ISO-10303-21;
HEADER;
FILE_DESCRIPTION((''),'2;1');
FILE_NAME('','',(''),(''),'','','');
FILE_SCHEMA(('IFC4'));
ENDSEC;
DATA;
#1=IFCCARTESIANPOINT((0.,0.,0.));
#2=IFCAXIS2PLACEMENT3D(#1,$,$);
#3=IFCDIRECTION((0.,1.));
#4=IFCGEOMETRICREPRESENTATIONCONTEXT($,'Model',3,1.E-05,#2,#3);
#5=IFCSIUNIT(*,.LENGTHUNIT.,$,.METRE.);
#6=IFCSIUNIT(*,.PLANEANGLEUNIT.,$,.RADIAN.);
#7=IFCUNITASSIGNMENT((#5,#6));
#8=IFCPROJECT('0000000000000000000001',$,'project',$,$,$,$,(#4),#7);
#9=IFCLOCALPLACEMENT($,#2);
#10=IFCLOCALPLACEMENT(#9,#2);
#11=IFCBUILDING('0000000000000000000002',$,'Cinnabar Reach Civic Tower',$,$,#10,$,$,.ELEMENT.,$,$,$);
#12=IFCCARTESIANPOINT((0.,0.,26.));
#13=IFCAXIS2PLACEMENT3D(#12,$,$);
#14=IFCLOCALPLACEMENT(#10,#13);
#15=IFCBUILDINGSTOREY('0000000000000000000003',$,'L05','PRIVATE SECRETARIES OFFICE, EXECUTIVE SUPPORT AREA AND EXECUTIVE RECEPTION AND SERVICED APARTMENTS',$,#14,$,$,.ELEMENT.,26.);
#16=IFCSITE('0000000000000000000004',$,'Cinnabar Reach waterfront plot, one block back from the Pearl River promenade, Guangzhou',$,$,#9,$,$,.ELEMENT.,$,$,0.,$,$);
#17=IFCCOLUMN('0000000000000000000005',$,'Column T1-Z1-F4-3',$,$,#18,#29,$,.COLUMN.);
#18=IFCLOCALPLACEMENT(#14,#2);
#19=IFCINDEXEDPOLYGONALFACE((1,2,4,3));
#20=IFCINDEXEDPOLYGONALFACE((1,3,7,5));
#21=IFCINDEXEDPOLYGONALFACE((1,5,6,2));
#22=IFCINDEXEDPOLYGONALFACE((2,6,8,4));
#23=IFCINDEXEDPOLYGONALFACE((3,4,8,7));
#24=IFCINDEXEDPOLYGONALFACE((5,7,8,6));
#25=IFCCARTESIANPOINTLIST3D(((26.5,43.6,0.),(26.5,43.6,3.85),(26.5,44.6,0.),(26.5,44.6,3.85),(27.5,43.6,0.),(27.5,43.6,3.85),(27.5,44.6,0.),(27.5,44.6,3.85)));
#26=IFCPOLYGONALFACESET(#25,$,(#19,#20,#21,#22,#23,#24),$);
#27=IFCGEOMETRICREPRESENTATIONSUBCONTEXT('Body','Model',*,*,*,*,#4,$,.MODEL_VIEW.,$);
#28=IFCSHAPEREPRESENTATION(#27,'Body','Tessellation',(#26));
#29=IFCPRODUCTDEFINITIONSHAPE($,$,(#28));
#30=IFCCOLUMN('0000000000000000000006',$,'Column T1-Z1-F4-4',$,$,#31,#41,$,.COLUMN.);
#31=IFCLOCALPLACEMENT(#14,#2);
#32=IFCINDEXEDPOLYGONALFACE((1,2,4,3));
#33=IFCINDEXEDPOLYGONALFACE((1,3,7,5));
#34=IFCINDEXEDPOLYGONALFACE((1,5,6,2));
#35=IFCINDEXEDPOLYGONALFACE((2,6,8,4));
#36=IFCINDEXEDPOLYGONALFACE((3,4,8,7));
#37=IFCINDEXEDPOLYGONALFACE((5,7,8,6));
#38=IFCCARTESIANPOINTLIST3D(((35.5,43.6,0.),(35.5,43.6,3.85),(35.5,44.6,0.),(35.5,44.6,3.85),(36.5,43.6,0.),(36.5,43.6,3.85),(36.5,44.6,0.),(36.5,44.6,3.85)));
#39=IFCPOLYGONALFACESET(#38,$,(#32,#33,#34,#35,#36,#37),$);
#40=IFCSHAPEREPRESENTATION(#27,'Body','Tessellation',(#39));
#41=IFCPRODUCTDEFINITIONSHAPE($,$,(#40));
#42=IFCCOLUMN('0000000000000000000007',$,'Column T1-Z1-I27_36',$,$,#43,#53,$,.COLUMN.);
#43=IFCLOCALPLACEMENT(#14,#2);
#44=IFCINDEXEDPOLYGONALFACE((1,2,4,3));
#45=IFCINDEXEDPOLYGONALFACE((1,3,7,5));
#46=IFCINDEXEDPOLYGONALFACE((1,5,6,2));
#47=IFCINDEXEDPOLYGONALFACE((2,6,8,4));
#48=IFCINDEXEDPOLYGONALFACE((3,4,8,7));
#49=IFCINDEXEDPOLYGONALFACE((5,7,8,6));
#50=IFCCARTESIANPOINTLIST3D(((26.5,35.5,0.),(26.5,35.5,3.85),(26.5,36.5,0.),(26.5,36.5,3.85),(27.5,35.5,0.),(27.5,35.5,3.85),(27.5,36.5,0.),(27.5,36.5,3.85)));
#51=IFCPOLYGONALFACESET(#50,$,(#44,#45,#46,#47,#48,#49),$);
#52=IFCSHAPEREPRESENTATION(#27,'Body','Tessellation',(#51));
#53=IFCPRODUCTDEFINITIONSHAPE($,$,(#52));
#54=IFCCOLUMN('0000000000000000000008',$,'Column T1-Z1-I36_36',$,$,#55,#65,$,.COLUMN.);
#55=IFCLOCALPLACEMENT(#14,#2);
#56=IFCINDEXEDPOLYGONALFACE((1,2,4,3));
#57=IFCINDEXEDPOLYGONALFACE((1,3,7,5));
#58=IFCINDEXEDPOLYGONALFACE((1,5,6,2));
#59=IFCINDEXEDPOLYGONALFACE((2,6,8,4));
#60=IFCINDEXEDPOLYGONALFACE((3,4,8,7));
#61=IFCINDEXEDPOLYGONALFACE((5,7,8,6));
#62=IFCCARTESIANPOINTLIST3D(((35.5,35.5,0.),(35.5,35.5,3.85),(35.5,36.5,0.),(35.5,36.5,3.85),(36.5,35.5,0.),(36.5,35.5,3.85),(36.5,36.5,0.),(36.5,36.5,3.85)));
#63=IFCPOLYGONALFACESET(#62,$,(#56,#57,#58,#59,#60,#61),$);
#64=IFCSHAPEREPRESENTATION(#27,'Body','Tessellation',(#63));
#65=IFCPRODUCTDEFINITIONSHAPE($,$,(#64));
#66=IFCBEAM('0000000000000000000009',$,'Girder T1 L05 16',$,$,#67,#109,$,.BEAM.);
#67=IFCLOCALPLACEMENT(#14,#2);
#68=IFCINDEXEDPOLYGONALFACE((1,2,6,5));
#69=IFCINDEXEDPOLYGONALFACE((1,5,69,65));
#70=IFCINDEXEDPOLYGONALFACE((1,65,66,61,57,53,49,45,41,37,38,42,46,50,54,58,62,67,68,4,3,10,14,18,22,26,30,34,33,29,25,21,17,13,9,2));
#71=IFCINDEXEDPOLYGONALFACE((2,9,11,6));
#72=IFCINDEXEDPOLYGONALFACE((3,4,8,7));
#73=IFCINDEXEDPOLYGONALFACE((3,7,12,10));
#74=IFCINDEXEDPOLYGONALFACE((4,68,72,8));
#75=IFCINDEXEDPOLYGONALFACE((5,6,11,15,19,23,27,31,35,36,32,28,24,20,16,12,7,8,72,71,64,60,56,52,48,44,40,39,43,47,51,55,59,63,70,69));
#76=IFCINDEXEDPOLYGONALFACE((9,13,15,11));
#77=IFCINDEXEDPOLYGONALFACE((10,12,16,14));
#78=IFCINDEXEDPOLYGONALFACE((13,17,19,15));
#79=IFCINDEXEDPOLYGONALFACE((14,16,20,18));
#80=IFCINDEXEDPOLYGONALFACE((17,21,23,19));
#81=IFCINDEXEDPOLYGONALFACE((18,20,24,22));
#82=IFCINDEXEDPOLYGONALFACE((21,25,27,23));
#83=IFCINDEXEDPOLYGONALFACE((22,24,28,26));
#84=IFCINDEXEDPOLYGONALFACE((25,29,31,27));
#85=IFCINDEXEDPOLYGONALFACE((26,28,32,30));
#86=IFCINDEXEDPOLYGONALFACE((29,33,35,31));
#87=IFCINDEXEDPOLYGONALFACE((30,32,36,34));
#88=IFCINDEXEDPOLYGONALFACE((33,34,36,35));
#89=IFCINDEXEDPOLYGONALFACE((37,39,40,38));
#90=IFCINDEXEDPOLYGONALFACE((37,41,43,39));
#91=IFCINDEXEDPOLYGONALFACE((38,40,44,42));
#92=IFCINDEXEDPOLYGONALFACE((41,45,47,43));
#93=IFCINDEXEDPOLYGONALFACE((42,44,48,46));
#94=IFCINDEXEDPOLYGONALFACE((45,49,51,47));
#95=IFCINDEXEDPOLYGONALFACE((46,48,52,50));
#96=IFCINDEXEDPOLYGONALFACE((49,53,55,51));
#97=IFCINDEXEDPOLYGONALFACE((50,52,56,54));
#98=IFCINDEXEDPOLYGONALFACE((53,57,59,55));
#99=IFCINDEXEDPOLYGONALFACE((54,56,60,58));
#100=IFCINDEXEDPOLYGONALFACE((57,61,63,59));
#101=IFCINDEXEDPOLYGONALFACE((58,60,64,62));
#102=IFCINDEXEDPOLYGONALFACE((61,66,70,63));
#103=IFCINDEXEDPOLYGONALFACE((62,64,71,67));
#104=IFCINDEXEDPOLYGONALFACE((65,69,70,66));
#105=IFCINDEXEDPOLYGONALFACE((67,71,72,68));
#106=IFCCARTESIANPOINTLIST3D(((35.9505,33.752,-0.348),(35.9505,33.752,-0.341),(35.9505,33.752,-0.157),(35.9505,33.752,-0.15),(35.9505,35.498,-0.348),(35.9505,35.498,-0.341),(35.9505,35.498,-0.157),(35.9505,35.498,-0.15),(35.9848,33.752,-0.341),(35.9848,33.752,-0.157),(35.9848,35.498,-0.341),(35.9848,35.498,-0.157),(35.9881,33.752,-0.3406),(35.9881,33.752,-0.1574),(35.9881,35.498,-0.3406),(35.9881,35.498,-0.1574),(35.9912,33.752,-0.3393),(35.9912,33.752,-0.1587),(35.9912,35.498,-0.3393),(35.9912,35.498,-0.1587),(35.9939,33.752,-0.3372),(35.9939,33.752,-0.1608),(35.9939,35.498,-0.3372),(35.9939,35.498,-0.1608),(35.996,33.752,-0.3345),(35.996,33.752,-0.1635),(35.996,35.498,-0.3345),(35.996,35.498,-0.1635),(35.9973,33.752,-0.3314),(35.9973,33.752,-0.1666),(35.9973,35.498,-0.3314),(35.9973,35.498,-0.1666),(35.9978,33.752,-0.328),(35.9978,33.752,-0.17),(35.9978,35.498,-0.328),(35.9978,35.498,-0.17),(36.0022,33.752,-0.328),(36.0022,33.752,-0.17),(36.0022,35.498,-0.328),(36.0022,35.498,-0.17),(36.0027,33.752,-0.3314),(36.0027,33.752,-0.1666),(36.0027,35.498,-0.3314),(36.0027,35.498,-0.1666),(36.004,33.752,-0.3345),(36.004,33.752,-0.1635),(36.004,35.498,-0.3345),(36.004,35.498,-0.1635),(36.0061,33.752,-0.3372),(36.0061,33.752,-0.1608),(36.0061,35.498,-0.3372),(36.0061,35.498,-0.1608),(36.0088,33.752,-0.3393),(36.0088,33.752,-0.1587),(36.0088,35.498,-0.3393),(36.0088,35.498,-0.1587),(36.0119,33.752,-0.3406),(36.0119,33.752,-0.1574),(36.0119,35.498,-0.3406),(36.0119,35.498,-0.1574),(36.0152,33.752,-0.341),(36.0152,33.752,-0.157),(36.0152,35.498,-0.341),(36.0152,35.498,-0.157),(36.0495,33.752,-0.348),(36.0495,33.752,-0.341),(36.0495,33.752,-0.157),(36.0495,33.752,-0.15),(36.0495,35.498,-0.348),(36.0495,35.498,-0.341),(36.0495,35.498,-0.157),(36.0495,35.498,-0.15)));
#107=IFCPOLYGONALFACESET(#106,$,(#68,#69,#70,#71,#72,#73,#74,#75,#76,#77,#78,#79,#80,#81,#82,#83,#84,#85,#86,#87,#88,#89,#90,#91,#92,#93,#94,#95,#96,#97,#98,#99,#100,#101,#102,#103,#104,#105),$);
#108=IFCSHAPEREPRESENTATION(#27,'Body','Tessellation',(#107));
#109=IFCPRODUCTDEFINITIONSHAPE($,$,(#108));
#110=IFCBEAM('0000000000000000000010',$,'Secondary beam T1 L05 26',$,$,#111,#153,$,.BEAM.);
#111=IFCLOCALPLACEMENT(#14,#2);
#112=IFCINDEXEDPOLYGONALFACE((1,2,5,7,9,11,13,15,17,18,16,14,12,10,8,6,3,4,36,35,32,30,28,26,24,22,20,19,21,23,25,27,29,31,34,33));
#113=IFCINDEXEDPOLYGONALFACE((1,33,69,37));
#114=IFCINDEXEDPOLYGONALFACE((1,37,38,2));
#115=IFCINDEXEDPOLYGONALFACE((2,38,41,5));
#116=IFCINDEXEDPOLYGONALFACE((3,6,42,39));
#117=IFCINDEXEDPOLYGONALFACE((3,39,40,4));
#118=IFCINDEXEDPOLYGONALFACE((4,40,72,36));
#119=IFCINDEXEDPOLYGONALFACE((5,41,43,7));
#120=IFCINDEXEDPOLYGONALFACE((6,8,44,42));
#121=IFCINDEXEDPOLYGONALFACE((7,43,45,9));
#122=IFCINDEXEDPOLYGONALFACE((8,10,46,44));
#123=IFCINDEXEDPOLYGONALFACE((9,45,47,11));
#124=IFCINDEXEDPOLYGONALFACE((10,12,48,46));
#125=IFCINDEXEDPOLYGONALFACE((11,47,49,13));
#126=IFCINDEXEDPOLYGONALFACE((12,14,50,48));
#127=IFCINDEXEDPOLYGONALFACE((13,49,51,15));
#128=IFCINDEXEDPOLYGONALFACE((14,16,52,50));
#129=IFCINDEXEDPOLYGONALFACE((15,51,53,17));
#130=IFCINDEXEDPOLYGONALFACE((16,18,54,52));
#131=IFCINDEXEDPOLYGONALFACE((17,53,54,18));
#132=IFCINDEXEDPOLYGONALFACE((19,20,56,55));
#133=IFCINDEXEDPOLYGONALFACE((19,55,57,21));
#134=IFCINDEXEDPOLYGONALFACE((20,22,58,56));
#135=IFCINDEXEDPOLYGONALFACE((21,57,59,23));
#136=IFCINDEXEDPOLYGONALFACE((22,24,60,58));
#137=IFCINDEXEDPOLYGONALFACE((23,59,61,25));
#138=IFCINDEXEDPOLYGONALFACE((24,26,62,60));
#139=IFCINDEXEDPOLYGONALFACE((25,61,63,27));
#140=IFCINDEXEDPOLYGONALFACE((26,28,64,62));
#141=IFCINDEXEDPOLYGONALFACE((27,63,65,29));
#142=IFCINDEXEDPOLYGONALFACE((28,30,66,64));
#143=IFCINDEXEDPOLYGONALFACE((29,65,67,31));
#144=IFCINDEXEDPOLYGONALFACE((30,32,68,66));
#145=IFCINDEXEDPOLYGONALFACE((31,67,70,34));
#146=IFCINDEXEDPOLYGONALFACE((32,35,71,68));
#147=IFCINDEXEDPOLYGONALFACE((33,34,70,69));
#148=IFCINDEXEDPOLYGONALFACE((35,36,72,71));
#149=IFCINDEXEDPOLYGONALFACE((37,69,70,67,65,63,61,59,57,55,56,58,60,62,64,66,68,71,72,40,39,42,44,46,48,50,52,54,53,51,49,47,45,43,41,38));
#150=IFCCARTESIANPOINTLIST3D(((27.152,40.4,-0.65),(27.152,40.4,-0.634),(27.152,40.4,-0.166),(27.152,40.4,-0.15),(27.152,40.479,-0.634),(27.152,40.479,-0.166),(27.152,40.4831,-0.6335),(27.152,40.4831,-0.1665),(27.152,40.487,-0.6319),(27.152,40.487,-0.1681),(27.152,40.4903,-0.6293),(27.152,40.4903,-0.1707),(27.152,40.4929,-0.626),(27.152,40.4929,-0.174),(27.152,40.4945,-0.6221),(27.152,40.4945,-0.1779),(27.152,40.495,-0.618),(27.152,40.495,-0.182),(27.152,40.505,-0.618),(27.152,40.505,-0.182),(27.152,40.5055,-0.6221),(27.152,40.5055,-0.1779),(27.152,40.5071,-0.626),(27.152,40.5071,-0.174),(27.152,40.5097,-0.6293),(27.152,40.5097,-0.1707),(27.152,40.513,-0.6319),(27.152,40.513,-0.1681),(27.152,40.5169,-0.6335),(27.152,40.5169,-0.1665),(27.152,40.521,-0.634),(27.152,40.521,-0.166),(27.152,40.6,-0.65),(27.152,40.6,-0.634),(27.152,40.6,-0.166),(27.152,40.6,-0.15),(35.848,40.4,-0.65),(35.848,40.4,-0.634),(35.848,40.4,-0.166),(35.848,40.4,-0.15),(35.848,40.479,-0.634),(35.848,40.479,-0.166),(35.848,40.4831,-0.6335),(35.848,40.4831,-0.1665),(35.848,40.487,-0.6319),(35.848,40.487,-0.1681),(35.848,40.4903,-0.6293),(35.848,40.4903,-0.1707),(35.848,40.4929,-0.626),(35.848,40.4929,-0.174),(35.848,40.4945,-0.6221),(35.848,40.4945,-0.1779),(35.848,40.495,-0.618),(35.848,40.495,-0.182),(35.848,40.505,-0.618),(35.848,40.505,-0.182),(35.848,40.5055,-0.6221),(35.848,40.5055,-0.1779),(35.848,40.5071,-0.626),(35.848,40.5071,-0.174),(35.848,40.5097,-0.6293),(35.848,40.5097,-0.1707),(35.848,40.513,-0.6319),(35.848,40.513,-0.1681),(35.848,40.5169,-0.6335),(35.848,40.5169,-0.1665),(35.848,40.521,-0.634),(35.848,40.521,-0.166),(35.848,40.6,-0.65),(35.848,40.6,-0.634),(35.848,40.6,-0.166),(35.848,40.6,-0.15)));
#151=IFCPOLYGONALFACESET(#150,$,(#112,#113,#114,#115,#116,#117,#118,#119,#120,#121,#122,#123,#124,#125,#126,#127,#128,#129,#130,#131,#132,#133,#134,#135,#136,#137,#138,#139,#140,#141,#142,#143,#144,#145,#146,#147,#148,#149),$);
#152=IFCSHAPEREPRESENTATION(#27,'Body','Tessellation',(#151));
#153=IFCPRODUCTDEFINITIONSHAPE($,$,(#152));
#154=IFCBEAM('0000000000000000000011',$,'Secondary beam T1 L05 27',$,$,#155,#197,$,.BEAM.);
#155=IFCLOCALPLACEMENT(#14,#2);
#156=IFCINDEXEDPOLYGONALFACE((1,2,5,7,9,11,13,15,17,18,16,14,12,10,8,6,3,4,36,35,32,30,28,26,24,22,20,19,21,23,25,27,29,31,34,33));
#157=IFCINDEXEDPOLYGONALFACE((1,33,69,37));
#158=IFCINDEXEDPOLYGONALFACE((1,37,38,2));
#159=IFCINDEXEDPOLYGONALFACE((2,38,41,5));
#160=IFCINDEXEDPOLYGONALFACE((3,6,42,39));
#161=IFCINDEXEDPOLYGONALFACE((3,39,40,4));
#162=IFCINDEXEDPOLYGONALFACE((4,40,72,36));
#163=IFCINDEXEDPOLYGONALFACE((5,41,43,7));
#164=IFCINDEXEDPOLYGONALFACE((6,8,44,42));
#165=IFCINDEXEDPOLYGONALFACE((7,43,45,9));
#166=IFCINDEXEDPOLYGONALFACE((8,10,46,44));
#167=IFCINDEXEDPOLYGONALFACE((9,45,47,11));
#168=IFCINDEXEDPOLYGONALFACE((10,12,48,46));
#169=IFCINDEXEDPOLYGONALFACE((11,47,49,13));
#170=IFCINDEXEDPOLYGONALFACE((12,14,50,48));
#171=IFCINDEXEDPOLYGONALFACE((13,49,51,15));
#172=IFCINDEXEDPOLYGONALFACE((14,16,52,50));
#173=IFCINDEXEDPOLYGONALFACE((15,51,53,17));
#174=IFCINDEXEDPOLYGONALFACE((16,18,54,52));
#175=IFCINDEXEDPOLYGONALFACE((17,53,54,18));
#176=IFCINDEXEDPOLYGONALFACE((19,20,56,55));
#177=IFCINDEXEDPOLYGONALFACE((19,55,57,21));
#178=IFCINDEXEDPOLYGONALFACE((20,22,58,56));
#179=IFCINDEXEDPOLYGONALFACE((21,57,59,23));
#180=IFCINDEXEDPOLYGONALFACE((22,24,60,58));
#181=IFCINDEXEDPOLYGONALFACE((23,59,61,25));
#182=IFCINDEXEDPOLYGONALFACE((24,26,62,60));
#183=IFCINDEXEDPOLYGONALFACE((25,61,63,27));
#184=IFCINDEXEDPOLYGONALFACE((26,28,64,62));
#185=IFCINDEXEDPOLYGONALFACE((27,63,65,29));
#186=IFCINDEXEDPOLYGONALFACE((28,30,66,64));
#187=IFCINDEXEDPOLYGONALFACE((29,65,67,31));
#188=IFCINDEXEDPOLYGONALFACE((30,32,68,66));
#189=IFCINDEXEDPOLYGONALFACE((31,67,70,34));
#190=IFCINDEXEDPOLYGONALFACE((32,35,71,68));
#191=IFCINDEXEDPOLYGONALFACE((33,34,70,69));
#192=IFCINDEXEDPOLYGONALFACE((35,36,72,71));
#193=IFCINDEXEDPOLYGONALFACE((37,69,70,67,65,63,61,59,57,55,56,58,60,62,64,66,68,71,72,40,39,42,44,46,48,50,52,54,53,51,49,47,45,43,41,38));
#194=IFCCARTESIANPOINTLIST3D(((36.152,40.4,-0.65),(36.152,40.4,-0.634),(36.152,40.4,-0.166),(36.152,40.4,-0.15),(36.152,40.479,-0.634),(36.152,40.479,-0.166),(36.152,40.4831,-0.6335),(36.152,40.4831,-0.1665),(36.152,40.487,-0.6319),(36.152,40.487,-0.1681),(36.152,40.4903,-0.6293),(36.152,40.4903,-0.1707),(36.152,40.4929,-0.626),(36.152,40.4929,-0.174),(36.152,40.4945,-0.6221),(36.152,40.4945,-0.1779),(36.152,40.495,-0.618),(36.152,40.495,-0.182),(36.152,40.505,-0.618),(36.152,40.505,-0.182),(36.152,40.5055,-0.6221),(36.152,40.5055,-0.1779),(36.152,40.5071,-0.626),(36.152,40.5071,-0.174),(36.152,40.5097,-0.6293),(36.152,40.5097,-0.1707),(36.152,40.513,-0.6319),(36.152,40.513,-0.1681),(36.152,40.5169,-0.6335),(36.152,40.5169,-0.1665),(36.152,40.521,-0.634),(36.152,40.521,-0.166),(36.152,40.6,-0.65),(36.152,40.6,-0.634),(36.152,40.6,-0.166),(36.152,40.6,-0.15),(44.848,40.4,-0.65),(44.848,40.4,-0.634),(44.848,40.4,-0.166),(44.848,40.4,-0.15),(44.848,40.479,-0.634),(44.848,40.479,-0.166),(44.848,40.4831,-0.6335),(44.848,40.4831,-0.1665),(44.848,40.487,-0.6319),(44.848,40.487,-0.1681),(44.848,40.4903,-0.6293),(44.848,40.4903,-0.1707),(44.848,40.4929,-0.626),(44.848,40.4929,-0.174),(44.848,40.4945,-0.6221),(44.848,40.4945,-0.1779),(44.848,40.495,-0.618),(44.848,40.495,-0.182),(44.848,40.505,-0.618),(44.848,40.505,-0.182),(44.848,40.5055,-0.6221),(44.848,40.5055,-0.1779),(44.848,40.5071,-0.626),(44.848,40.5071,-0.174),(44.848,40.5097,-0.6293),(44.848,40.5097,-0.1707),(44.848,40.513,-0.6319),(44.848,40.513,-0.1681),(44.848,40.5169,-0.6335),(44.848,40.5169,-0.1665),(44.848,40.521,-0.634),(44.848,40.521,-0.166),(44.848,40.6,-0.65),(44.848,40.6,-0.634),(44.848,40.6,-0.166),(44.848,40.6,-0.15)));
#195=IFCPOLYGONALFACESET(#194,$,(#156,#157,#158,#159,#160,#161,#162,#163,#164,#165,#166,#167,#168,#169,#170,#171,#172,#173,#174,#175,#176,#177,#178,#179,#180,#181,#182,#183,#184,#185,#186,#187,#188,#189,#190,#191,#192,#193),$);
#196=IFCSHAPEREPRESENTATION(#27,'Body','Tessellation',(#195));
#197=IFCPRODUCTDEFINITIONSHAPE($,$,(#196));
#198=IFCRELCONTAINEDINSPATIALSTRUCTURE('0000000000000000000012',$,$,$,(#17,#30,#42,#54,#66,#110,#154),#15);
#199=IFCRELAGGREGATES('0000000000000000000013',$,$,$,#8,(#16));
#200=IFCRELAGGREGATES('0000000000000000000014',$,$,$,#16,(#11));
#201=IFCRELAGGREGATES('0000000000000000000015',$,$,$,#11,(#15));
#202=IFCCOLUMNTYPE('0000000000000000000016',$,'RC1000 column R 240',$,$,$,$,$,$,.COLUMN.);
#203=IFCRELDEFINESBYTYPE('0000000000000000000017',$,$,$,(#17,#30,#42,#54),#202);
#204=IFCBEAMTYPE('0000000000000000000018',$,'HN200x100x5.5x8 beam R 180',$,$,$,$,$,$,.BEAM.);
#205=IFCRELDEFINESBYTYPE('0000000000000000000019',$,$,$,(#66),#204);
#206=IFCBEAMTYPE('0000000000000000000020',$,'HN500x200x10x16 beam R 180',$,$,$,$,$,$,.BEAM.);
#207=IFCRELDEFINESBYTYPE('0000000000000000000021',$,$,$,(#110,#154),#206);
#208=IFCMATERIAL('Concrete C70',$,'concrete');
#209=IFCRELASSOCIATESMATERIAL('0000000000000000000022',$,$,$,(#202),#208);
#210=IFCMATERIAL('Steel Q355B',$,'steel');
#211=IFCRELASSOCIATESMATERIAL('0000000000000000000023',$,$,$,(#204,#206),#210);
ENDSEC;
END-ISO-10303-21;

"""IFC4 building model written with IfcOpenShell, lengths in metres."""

from ifc_helpers import new_model, si_unit, direction, frame, origin, origin_2d, place, context, subcontext, project, spatial, rectangle, i_section, extrude, material, material_profile, profile_set, type_object, element, save


model = new_model("IFC4")

# Units and contexts
model_context = context("Model", 3, precision=1e-05, world=origin(), true_north=direction((0.0, 1.0)))
body_context = subcontext(model_context, "Body", "Model", "MODEL_VIEW")
ifc_project = project(units=[si_unit("LENGTHUNIT", "METRE"), si_unit("PLANEANGLEUNIT", "RADIAN")], contexts=[model_context])

# Site, building, storey
site_placement = place(None, origin())
site = spatial("IfcSite", under=ifc_project, at=site_placement, Name="Cinnabar Reach waterfront plot, one block back from the Pearl River promenade, Guangzhou", CompositionType="ELEMENT", RefElevation=0.0)
building_placement = place(site_placement, origin())
building = spatial("IfcBuilding", under=site, at=building_placement, Name="Cinnabar Reach Civic Tower", CompositionType="ELEMENT")
storey_placement = place(building_placement, frame((0.0, 0.0, 26.0)))
storey = spatial("IfcBuildingStorey", under=building, at=storey_placement, Name="L05", Description="PRIVATE SECRETARIES OFFICE, EXECUTIVE SUPPORT AREA AND EXECUTIVE RECEPTION AND SERVICED APARTMENTS", CompositionType="ELEMENT", Elevation=26.0)

# Columns
ifc_material_1 = material(Name="Concrete C70", Category="concrete")
ifc_material_profile_1 = material_profile(ifc_material_1, rectangle(XDim=1.0, YDim=1.0, at=origin_2d()), Name="RC1000")
ifc_profile_set_1 = profile_set([ifc_material_profile_1], Name="Concrete C70")
column_type = type_object("IfcColumnType", Name="RC1000 column R 240", PredefinedType="COLUMN", material=ifc_profile_set_1)
for number, where, z_axis, x_axis, name in (
    (1, (27.0, 44.1, 0.0), (0.0, 0.0, 1.0), (1.0, 0.0, 0.0), "Column T1-Z1-F4-3"),
    (2, (36.0, 44.1, 0.0), (0.0, 0.0, 1.0), (1.0, 0.0, 0.0), "Column T1-Z1-F4-4"),
    (3, (27.0, 36.0, 0.0), (0.0, 0.0, 1.0), (1.0, 0.0, 0.0), "Column T1-Z1-I27_36"),
    (4, (36.0, 36.0, 0.0), (0.0, 0.0, 1.0), (1.0, 0.0, 0.0), "Column T1-Z1-I36_36"),
):
    element("IfcColumn", number, at=place(storey_placement, frame(where, z_axis=z_axis, x_axis=x_axis)), inside=storey, type_object=column_type, Name=name, PredefinedType="COLUMN", context=body_context, shape_type="SweptSolid", body=[
        extrude(rectangle(XDim=1.0, YDim=1.0, at=origin_2d()), origin(), (0.0, 0.0, 1.0), 3.85),
    ])

# Beams
ifc_material_2 = material(Name="Steel Q355B", Category="steel")
ifc_material_profile_2 = material_profile(ifc_material_2, i_section(OverallWidth=0.099, OverallDepth=0.198, WebThickness=0.0045, FlangeThickness=0.007, FilletRadius=0.013, at=origin_2d()), Name="HN200x100x5.5x8")
ifc_profile_set_2 = profile_set([ifc_material_profile_2], Name="Steel Q355B")
beam_type_1 = type_object("IfcBeamType", Name="HN200x100x5.5x8 beam R 180", PredefinedType="BEAM", material=ifc_profile_set_2)
beam_1_placement = place(storey_placement, frame((36.0, 33.752, -0.249), z_axis=(0.0, 1.0, 0.0), x_axis=(-1.0, 0.0, 0.0)))
element("IfcBeam", 5, at=beam_1_placement, inside=storey, type_object=beam_type_1, Name="Girder T1 L05 16", PredefinedType="BEAM", context=body_context, shape_type="SweptSolid", body=[
    extrude(i_section(OverallWidth=0.099, OverallDepth=0.198, WebThickness=0.0045, FlangeThickness=0.007, FilletRadius=0.013, at=origin_2d()), origin(), (0.0, 0.0, 1.0), 1.746),
])
ifc_material_profile_3 = material_profile(ifc_material_2, i_section(OverallWidth=0.2, OverallDepth=0.5, WebThickness=0.01, FlangeThickness=0.016, FilletRadius=0.016, at=origin_2d()), Name="HN500x200x10x16")
ifc_profile_set_3 = profile_set([ifc_material_profile_3], Name="Steel Q355B")
beam_type_2 = type_object("IfcBeamType", Name="HN500x200x10x16 beam R 180", PredefinedType="BEAM", material=ifc_profile_set_3)
for number, where, z_axis, x_axis, name in (
    (6, (27.152, 40.5, -0.4), (1.0, 0.0, 0.0), (0.0, 1.0, 0.0), "Secondary beam T1 L05 26"),
    (7, (36.152, 40.5, -0.4), (1.0, 0.0, 0.0), (0.0, 1.0, 0.0), "Secondary beam T1 L05 27"),
):
    element("IfcBeam", number, at=place(storey_placement, frame(where, z_axis=z_axis, x_axis=x_axis)), inside=storey, type_object=beam_type_2, Name=name, PredefinedType="BEAM", context=body_context, shape_type="SweptSolid", body=[
        extrude(i_section(OverallWidth=0.2, OverallDepth=0.5, WebThickness=0.01, FlangeThickness=0.016, FilletRadius=0.016, at=origin_2d()), origin(), (0.0, 0.0, 1.0), 8.696),
    ])

save(model, "model.ifc")
